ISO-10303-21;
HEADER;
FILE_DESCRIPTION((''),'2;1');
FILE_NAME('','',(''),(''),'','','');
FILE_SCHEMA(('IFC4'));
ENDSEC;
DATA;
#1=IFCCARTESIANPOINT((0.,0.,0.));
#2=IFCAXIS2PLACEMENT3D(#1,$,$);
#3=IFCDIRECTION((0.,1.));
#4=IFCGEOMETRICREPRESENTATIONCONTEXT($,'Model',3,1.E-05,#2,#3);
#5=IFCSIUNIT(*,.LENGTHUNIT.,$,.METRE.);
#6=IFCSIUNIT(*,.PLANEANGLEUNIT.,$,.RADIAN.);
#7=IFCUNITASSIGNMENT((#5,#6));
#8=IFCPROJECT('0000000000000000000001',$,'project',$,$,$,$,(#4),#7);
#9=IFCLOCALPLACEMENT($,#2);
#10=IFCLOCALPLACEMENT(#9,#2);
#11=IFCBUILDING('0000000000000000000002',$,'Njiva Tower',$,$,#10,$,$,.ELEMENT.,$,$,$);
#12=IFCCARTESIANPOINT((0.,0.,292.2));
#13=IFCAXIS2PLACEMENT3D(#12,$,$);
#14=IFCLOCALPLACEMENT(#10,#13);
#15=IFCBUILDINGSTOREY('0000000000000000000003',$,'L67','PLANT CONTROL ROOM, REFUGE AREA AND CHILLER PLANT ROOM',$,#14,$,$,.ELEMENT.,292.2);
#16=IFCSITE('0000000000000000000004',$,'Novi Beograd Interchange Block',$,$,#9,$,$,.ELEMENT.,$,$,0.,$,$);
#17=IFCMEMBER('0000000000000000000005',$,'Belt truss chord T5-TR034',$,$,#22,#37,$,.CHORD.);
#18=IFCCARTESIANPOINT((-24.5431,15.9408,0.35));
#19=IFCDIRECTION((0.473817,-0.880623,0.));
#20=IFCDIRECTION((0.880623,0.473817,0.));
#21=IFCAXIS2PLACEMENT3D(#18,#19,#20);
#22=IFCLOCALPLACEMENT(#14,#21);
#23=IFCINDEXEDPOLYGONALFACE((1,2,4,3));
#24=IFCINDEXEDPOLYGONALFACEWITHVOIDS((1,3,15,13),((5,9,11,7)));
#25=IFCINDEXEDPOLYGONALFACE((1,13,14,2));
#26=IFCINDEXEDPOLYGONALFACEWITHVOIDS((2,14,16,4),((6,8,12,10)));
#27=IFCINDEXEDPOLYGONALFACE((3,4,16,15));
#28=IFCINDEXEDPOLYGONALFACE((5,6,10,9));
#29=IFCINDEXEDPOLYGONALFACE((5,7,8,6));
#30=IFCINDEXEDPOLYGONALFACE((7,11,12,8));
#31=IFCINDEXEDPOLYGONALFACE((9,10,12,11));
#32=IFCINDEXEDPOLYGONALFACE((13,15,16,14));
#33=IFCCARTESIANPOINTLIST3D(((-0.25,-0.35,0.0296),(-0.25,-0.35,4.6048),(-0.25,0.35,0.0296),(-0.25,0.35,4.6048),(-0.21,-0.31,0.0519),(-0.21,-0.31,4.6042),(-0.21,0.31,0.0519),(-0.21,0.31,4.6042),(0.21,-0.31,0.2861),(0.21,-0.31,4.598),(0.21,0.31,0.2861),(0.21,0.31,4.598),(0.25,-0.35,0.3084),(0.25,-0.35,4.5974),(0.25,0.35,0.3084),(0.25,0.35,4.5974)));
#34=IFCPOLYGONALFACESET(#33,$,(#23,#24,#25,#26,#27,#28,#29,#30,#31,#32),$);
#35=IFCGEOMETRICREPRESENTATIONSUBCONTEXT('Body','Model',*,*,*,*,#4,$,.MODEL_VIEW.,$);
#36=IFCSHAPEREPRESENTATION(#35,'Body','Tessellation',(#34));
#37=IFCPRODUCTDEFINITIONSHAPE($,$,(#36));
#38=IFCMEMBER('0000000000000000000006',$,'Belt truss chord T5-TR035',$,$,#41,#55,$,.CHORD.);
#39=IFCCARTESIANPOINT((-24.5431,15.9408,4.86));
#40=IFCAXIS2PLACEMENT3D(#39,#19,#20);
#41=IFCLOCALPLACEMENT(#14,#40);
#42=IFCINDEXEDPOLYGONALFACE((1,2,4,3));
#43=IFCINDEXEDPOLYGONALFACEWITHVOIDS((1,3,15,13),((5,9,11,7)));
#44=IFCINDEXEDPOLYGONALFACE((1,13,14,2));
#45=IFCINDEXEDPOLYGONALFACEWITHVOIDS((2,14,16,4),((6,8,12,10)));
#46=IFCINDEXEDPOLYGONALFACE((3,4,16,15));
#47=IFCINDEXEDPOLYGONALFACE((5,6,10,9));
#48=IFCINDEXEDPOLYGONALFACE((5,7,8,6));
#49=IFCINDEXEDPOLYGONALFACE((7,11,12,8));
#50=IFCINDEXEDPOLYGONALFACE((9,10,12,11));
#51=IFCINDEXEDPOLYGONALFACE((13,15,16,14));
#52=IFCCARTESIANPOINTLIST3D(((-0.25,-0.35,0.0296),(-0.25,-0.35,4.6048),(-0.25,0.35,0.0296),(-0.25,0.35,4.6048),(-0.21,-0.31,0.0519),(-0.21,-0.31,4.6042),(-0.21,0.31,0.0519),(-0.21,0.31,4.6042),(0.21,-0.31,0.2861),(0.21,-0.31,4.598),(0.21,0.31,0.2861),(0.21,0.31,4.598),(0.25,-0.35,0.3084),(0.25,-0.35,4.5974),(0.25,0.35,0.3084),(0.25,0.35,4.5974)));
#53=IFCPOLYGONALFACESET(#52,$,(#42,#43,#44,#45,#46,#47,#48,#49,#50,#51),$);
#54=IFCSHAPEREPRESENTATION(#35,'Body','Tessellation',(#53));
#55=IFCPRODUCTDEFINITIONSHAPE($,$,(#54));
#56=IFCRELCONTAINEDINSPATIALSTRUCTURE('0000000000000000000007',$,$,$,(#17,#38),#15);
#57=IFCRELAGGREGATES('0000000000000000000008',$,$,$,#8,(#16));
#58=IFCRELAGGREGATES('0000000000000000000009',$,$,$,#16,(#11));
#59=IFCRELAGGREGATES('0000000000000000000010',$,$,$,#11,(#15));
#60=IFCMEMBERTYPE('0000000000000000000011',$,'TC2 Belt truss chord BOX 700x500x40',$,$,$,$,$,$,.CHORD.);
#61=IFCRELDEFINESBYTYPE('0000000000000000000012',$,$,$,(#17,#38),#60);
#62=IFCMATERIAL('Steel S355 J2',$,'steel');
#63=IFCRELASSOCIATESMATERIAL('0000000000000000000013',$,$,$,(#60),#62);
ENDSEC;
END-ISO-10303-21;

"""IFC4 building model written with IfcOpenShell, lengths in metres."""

from ifc_helpers import new_model, si_unit, direction, frame, origin, origin_2d, place, context, subcontext, project, spatial, hollow_rectangle, extrude, clip, halfspace, material, material_profile, profile_set, type_object, element, save


model = new_model("IFC4")

# Units and contexts
model_context = context("Model", 3, precision=1e-05, world=origin(), true_north=direction((0.0, 1.0)))
body_context = subcontext(model_context, "Body", "Model", "MODEL_VIEW")
ifc_project = project(units=[si_unit("LENGTHUNIT", "METRE"), si_unit("PLANEANGLEUNIT", "RADIAN")], contexts=[model_context])

# Site, building, storey
site_placement = place(None, origin())
site = spatial("IfcSite", under=ifc_project, at=site_placement, Name="Novi Beograd Interchange Block", CompositionType="ELEMENT", RefElevation=0.0)
building_placement = place(site_placement, origin())
building = spatial("IfcBuilding", under=site, at=building_placement, Name="Njiva Tower", CompositionType="ELEMENT")
storey_placement = place(building_placement, frame((0.0, 0.0, 292.2)))
storey = spatial("IfcBuildingStorey", under=building, at=storey_placement, Name="L67", Description="PLANT CONTROL ROOM, REFUGE AREA AND CHILLER PLANT ROOM", CompositionType="ELEMENT", Elevation=292.2)

# Shared definitions
ifc_material_1 = material(Name="Steel S355 J2", Category="steel")

# Members
ifc_material_profile_1 = material_profile(ifc_material_1, hollow_rectangle(XDim=0.5, YDim=0.7, WallThickness=0.04, at=origin_2d()), Name="BOX 700x500x40")
ifc_profile_set_1 = profile_set([ifc_material_profile_1], Name="Steel S355 J2")
member_type_1 = type_object("IfcMemberType", Name="TC2 Belt truss chord BOX 700x500x40", PredefinedType="CHORD", material=ifc_profile_set_1)
member_1_placement = place(storey_placement, frame((-24.5431, 15.9408, 0.35), z_axis=(0.473817, -0.880623, 0.0), x_axis=(0.880623, 0.473817, 0.0)))
element("IfcMember", 1, at=member_1_placement, inside=storey, type_object=member_type_1, Name="Belt truss chord T5-TR034", PredefinedType="CHORD", context=body_context, shape_type="Clipping", body=[
    clip(clip(extrude(hollow_rectangle(XDim=0.5, YDim=0.7, WallThickness=0.04, at=origin_2d()), origin(), (0.0, 0.0, 1.0), 4.6351), halfspace(frame((0.0, -292.55, 0.169), z_axis=(0.487026, 0.0, -0.873388), x_axis=(0.0, -1.0, 0.0)), False)), halfspace(frame((0.0, -292.55, 4.6011), z_axis=(0.014951, 0.0, 0.999888), x_axis=(0.0, 1.0, 0.0)), False)),
])
member_2_placement = place(storey_placement, frame((-24.5431, 15.9408, 4.86), z_axis=(0.473817, -0.880623, 0.0), x_axis=(0.880623, 0.473817, 0.0)))
element("IfcMember", 2, at=member_2_placement, inside=storey, type_object=member_type_1, Name="Belt truss chord T5-TR035", PredefinedType="CHORD", context=body_context, shape_type="Clipping", body=[
    clip(clip(extrude(hollow_rectangle(XDim=0.5, YDim=0.7, WallThickness=0.04, at=origin_2d()), origin(), (0.0, 0.0, 1.0), 4.6351), halfspace(frame((0.0, -297.06, 0.169), z_axis=(0.487026, 0.0, -0.873388), x_axis=(0.0, -1.0, 0.0)), False)), halfspace(frame((0.0, -297.06, 4.6011), z_axis=(0.014951, 0.0, 0.999888), x_axis=(0.0, 1.0, 0.0)), False)),
])

save(model, "model.ifc")
